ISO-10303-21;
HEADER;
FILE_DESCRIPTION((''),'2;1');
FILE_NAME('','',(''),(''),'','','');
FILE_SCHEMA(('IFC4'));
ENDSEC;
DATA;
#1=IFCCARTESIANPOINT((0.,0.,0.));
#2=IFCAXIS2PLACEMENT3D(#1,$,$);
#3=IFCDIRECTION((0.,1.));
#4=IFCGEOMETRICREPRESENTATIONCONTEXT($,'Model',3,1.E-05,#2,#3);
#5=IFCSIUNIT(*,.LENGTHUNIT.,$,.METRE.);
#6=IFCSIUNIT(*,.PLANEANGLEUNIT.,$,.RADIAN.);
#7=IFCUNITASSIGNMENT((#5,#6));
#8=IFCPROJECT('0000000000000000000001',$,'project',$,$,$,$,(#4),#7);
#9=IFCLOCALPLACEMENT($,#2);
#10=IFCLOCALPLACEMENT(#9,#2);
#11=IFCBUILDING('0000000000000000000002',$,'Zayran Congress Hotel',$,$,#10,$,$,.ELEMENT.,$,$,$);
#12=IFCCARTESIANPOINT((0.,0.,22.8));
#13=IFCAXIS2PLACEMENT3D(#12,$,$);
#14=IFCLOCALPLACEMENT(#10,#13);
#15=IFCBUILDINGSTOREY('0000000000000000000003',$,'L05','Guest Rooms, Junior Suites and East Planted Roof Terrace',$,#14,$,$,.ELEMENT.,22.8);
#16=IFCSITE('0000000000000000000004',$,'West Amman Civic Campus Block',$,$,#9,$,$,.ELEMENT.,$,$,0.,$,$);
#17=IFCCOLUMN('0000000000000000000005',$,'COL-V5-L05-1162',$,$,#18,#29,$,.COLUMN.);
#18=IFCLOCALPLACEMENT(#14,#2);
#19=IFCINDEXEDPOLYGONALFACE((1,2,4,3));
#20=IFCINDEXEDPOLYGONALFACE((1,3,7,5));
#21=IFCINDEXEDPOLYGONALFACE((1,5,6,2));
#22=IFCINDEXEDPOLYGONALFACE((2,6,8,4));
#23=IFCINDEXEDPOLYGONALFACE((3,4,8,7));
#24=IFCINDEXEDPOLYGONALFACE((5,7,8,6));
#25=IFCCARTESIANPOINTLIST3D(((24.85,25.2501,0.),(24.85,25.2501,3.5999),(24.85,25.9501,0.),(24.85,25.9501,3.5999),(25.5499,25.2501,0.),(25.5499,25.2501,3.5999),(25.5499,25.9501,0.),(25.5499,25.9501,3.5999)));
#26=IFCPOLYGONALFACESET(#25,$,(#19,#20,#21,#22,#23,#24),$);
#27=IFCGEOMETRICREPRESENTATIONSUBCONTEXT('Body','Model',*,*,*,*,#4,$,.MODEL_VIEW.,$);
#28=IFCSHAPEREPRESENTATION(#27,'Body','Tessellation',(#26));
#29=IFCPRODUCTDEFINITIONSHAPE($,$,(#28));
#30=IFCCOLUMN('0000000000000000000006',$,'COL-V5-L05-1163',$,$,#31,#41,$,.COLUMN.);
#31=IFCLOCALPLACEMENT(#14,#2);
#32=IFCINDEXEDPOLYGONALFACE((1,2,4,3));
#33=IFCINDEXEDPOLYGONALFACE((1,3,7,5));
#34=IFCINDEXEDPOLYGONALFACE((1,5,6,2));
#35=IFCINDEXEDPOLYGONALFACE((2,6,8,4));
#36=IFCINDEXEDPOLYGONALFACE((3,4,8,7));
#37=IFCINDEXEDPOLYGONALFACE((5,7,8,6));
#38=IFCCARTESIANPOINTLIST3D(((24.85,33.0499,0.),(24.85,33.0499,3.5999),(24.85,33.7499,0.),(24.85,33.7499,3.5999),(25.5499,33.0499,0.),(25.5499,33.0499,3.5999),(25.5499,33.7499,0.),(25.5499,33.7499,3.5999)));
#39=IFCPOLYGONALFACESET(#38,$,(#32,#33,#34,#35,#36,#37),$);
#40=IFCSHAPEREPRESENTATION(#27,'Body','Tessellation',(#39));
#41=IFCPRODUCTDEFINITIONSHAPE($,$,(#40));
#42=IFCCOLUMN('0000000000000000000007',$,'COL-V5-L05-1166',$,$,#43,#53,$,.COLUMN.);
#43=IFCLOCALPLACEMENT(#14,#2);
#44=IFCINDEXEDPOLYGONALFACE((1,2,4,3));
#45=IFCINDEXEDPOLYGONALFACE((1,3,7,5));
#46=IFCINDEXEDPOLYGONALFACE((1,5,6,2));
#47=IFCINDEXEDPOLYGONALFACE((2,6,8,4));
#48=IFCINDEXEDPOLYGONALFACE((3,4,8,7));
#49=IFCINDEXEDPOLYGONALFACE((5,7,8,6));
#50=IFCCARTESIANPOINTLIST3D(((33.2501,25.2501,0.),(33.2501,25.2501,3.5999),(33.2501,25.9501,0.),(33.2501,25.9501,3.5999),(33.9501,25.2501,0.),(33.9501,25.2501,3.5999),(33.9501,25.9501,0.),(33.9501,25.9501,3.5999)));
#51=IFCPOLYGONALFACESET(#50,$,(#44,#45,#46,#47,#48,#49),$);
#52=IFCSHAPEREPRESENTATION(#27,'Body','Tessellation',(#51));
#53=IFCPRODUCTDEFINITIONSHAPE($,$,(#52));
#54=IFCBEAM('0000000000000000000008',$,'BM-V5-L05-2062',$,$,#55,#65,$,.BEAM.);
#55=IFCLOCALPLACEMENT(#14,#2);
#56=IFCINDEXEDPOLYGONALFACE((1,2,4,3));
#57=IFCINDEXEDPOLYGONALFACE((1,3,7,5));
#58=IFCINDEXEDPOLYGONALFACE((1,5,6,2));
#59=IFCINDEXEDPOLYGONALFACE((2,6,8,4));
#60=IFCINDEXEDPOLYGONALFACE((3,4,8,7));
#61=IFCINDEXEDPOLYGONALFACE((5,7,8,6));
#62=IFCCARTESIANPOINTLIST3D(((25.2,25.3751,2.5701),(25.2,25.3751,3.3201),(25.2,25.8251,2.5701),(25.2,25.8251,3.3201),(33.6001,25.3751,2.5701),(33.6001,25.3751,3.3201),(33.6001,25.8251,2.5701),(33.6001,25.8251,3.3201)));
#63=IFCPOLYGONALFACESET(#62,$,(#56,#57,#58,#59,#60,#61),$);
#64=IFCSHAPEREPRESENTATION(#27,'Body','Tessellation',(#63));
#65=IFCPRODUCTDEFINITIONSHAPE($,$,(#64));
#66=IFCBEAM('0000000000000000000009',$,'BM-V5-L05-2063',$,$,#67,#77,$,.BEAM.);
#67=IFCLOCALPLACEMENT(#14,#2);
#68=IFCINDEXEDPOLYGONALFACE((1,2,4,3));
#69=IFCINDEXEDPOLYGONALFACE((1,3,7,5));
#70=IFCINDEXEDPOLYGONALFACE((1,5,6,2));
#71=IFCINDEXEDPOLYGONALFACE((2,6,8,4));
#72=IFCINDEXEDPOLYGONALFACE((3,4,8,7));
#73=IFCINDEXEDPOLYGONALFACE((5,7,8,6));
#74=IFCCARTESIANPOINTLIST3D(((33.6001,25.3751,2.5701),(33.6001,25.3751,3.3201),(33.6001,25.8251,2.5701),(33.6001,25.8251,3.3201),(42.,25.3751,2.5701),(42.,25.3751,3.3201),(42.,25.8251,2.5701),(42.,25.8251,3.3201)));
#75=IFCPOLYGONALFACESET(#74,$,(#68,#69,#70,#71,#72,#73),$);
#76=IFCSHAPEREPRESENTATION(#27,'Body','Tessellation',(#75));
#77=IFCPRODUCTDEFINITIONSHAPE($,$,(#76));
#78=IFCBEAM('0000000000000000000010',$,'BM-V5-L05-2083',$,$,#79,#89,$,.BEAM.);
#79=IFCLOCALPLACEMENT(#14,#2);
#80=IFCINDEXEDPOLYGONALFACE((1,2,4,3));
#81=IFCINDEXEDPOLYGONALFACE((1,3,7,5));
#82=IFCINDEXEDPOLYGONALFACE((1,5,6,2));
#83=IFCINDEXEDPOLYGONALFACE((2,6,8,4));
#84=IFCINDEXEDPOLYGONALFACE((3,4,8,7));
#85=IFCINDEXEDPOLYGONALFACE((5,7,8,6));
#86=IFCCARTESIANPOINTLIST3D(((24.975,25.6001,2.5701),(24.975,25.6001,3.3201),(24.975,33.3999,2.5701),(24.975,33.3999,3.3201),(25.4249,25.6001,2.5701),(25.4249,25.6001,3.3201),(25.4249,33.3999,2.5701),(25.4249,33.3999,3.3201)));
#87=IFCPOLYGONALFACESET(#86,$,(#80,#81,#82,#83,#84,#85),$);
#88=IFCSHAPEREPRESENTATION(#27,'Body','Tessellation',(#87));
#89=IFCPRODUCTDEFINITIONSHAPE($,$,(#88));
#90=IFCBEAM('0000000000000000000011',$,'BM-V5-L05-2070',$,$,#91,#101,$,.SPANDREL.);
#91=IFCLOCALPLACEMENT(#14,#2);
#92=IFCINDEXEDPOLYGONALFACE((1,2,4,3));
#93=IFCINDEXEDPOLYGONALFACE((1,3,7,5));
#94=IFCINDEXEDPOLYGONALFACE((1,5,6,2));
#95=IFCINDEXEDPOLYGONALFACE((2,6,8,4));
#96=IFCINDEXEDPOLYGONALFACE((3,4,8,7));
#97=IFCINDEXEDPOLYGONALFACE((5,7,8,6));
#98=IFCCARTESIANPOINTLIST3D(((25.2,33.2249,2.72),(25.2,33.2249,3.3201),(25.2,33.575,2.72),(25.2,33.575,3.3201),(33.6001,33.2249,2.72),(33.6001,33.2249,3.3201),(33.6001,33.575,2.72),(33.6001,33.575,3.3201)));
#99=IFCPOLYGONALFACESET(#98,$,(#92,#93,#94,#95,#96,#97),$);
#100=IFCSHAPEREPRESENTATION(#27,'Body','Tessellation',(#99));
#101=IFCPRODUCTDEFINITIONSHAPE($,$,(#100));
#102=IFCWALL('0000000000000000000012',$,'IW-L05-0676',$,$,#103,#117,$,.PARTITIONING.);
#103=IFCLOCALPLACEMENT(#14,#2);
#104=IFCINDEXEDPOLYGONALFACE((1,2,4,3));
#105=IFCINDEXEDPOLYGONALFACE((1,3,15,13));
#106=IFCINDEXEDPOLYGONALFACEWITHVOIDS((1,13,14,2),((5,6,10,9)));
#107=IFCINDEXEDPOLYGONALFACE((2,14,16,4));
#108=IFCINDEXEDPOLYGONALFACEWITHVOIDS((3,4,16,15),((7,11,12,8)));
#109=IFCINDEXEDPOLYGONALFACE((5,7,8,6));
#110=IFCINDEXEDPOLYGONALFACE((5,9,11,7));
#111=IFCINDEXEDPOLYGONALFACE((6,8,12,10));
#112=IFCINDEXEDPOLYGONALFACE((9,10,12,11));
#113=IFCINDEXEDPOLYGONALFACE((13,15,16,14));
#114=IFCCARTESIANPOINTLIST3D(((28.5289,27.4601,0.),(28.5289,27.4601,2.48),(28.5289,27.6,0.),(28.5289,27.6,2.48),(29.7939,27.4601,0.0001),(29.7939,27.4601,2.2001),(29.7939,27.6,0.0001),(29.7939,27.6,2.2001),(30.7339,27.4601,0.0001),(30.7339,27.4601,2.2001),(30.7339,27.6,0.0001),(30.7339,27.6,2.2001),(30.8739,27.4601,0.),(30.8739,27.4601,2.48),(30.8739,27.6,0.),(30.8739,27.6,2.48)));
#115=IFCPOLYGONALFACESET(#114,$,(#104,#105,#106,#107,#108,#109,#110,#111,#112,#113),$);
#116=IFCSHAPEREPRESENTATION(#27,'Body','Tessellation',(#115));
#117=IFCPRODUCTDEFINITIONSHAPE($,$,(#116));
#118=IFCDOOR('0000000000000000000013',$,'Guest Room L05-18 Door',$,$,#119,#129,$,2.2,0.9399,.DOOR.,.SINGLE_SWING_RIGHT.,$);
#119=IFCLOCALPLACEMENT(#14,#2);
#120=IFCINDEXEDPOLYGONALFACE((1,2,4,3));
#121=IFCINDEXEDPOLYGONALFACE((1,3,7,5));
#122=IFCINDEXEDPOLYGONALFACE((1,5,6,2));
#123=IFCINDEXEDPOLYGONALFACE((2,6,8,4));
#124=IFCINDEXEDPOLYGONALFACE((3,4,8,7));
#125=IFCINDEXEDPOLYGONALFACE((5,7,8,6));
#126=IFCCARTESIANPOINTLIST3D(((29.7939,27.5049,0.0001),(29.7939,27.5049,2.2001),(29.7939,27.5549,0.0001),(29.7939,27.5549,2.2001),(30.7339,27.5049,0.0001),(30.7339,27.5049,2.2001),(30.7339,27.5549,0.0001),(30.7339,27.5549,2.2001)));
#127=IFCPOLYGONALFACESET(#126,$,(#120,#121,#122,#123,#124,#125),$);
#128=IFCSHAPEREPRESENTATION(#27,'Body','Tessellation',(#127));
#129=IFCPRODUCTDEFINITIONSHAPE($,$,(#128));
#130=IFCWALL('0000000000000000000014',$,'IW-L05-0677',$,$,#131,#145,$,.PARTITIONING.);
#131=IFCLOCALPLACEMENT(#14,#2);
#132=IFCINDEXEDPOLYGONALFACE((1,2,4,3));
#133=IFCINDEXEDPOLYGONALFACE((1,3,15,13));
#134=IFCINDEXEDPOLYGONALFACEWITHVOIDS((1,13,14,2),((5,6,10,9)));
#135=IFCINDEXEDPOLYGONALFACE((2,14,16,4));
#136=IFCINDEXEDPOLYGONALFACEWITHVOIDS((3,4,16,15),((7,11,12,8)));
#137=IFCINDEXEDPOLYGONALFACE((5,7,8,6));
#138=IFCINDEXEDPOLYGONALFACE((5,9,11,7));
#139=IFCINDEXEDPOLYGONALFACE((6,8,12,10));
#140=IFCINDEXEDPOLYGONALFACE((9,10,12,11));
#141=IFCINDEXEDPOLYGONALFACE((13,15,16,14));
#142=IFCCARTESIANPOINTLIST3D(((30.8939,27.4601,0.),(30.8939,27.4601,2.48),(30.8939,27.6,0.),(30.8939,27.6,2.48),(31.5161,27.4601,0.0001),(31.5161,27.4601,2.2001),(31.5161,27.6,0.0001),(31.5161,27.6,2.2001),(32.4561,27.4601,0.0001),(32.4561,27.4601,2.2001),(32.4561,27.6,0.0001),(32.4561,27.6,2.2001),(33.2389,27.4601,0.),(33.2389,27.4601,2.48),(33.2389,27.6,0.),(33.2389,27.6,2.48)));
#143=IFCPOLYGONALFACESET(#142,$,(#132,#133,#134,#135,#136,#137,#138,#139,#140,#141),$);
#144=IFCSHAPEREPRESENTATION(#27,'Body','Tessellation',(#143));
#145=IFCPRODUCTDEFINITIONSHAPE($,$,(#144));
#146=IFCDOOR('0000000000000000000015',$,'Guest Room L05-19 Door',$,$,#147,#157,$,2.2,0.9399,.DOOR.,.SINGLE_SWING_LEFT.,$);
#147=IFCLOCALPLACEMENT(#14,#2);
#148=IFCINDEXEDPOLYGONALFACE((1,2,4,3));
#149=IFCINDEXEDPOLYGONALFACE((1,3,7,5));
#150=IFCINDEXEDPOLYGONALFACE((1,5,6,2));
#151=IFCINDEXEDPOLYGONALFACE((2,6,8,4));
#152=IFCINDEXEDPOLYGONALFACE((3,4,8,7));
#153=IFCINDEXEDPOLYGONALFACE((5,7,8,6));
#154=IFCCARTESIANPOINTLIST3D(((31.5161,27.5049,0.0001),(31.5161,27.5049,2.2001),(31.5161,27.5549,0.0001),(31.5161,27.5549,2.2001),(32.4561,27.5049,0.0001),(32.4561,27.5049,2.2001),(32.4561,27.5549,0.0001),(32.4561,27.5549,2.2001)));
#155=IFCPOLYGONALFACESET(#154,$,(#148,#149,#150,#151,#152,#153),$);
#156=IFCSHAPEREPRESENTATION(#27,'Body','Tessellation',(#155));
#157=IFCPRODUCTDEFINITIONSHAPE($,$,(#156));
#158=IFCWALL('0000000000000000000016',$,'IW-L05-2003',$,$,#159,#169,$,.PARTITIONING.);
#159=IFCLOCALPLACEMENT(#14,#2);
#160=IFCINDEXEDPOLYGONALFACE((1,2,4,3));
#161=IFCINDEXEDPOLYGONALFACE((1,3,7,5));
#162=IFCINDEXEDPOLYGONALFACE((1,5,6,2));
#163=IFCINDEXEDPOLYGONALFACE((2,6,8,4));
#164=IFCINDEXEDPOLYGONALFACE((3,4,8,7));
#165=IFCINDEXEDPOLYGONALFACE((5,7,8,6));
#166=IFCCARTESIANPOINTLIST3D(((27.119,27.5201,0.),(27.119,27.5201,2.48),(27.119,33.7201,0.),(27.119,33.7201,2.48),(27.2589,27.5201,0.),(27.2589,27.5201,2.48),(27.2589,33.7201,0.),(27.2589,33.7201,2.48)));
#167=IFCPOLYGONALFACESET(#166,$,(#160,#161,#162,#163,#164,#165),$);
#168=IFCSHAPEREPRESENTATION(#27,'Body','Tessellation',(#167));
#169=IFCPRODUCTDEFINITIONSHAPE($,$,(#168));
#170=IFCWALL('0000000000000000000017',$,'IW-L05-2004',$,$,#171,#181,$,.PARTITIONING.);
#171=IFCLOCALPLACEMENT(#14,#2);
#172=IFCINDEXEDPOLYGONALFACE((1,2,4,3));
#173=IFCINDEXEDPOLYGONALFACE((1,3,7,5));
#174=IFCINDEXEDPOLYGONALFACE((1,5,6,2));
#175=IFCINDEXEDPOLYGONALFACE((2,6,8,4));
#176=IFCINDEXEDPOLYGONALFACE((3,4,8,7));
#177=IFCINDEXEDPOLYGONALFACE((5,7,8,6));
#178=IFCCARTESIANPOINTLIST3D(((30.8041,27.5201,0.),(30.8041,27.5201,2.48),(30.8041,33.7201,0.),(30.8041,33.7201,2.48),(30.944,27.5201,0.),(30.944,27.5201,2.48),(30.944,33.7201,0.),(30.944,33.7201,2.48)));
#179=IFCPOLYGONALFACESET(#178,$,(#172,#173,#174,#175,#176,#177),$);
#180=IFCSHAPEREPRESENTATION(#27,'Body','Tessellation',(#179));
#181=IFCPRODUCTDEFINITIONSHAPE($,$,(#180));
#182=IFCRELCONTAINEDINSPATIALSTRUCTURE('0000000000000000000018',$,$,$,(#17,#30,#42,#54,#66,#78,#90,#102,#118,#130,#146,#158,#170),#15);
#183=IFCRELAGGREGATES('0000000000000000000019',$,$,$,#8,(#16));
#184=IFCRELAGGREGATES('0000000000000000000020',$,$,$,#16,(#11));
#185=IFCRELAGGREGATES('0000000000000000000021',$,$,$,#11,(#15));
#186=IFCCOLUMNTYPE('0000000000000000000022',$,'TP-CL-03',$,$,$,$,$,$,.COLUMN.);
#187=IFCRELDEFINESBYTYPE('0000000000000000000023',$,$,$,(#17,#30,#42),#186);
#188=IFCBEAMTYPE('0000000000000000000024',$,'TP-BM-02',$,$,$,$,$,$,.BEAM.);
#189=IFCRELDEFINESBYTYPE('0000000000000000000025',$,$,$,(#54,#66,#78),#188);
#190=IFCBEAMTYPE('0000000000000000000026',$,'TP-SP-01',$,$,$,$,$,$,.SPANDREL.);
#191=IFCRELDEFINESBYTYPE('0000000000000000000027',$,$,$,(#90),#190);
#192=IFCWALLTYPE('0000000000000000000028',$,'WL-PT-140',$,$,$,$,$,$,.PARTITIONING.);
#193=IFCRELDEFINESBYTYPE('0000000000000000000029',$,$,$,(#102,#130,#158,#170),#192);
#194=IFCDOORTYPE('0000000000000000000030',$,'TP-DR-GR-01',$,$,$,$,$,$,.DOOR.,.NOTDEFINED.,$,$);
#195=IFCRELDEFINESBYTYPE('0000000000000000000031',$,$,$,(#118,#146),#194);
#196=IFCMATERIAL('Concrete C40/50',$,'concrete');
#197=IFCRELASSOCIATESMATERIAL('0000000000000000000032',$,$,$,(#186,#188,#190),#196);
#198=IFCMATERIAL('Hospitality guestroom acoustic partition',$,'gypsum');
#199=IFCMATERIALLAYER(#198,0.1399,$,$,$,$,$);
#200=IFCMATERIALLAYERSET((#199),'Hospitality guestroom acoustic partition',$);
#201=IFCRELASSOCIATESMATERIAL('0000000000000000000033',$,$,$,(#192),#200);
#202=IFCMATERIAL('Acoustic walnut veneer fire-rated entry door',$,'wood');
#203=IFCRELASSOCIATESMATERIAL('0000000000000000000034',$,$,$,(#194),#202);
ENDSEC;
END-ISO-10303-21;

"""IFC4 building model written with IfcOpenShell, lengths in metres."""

from ifc_helpers import new_model, si_unit, direction, frame, frame_2d, origin, origin_2d, place, context, subcontext, project, spatial, rectangle, extrude, material, layer, layer_set, material_profile, profile_set, type_object, element, fill, save


model = new_model("IFC4")

# Units and contexts
model_context = context("Model", 3, precision=1e-05, world=origin(), true_north=direction((0.0, 1.0)))
body_context = subcontext(model_context, "Body", "Model", "MODEL_VIEW")
ifc_project = project(units=[si_unit("LENGTHUNIT", "METRE"), si_unit("PLANEANGLEUNIT", "RADIAN")], contexts=[model_context])

# Site, building, storey
site_placement = place(None, origin())
site = spatial("IfcSite", under=ifc_project, at=site_placement, Name="West Amman Civic Campus Block", CompositionType="ELEMENT", RefElevation=0.0)
building_placement = place(site_placement, origin())
building = spatial("IfcBuilding", under=site, at=building_placement, Name="Zayran Congress Hotel", CompositionType="ELEMENT")
storey_placement = place(building_placement, frame((0.0, 0.0, 22.8)))
storey = spatial("IfcBuildingStorey", under=building, at=storey_placement, Name="L05", Description="Guest Rooms, Junior Suites and East Planted Roof Terrace", CompositionType="ELEMENT", Elevation=22.8)

# Columns
ifc_material_1 = material(Name="Concrete C40/50", Category="concrete")
ifc_material_profile_1 = material_profile(ifc_material_1, rectangle(XDim=0.7, YDim=0.7, at=origin_2d()), Name="RC 700x700")
ifc_profile_set_1 = profile_set([ifc_material_profile_1], Name="Concrete C40/50")
column_type = type_object("IfcColumnType", Name="TP-CL-03", PredefinedType="COLUMN", material=ifc_profile_set_1)
for number, where, z_axis, x_axis, name in (
    (1, (25.2, 25.6001, 0.0), (0.0, 0.0, 1.0), (1.0, 0.0, 0.0), "COL-V5-L05-1162"),
    (2, (25.2, 33.3999, 0.0), (0.0, 0.0, 1.0), (1.0, 0.0, 0.0), "COL-V5-L05-1163"),
    (3, (33.6001, 25.6001, 0.0), (0.0, 0.0, 1.0), (1.0, 0.0, 0.0), "COL-V5-L05-1166"),
):
    element("IfcColumn", number, at=place(storey_placement, frame(where, z_axis=z_axis, x_axis=x_axis)), inside=storey, type_object=column_type, Name=name, PredefinedType="COLUMN", context=body_context, shape_type="SweptSolid", body=[
        extrude(rectangle(XDim=0.7, YDim=0.7, at=origin_2d()), origin(), (0.0, 0.0, 1.0), 3.5999),
    ])

# Beams
ifc_material_profile_2 = material_profile(ifc_material_1, rectangle(XDim=0.45, YDim=0.75, at=origin_2d()), Name="RC 450x750")
ifc_profile_set_2 = profile_set([ifc_material_profile_2], Name="Concrete C40/50")
beam_type_1 = type_object("IfcBeamType", Name="TP-BM-02", PredefinedType="BEAM", material=ifc_profile_set_2)
beam_1_placement = place(storey_placement, frame((25.2, 25.6001, 2.9451), z_axis=(1.0, 0.0, 0.0), x_axis=(0.0, 1.0, 0.0)))
element("IfcBeam", 4, at=beam_1_placement, inside=storey, type_object=beam_type_1, Name="BM-V5-L05-2062", PredefinedType="BEAM", context=body_context, shape_type="SweptSolid", body=[
    extrude(rectangle(XDim=0.45, YDim=0.75, at=origin_2d()), origin(), (0.0, 0.0, 1.0), 8.4001),
])
beam_2_placement = place(storey_placement, frame((33.6001, 25.6001, 2.9451), z_axis=(1.0, 0.0, 0.0), x_axis=(0.0, 1.0, 0.0)))
element("IfcBeam", 5, at=beam_2_placement, inside=storey, type_object=beam_type_1, Name="BM-V5-L05-2063", PredefinedType="BEAM", context=body_context, shape_type="SweptSolid", body=[
    extrude(rectangle(XDim=0.45, YDim=0.75, at=origin_2d()), origin(), (0.0, 0.0, 1.0), 8.3999),
])
beam_3_placement = place(storey_placement, frame((25.2, 25.6001, 2.9451), z_axis=(0.0, 1.0, 0.0), x_axis=(-1.0, 0.0, 0.0)))
element("IfcBeam", 6, at=beam_3_placement, inside=storey, type_object=beam_type_1, Name="BM-V5-L05-2083", PredefinedType="BEAM", context=body_context, shape_type="SweptSolid", body=[
    extrude(rectangle(XDim=0.45, YDim=0.75, at=origin_2d()), origin(), (0.0, 0.0, 1.0), 7.7998),
])
ifc_material_profile_3 = material_profile(ifc_material_1, rectangle(XDim=0.3501, YDim=0.6001, at=origin_2d()), Name="RC 350x600")
ifc_profile_set_3 = profile_set([ifc_material_profile_3], Name="Concrete C40/50")
beam_type_2 = type_object("IfcBeamType", Name="TP-SP-01", PredefinedType="SPANDREL", material=ifc_profile_set_3)
beam_4_placement = place(storey_placement, frame((25.2, 33.3999, 3.02), z_axis=(1.0, 0.0, 0.0), x_axis=(0.0, 1.0, 0.0)))
element("IfcBeam", 7, at=beam_4_placement, inside=storey, type_object=beam_type_2, Name="BM-V5-L05-2070", PredefinedType="SPANDREL", context=body_context, shape_type="SweptSolid", body=[
    extrude(rectangle(XDim=0.3501, YDim=0.6001, at=origin_2d()), origin(), (0.0, 0.0, 1.0), 8.4001),
])

# Walls, openings, doors
ifc_material_2 = material(Name="Hospitality guestroom acoustic partition", Category="gypsum")
ifc_layer_1 = layer(ifc_material_2, 0.1399)
ifc_layer_set_1 = layer_set([ifc_layer_1], Name="Hospitality guestroom acoustic partition")
wall_type_1 = type_object("IfcWallType", Name="WL-PT-140", PredefinedType="PARTITIONING", material=ifc_layer_set_1)
wall_1_placement = place(storey_placement, frame((28.5291, 27.53, 0.0), z_axis=(0.0, 0.0, 1.0), x_axis=(1.0, 0.0, 0.0)))
wall_1 = element("IfcWall", 8, at=wall_1_placement, inside=storey, type_object=wall_type_1, Name="IW-L05-0676", PredefinedType="PARTITIONING", context=body_context, shape_type="SweptSolid", body=[
    extrude(rectangle(XDim=2.345, YDim=0.1399, at=frame_2d((1.1724, 0.0))), origin(), (0.0, 0.0, 1.0), 2.48),
])
opening_1_placement = place(wall_1_placement, frame((1.2649, 0.0, 0.0)))
opening_1 = element("IfcOpeningElement", 9, at=opening_1_placement, cuts=wall_1, PredefinedType="OPENING", context=body_context, shape_type="SweptSolid", body=[
    extrude(rectangle(XDim=0.9399, YDim=2.2, at=frame_2d((0.47, 1.1001))), frame((0.0, 0.0798, 0.0), z_axis=(0.0, -1.0, 0.0), x_axis=(1.0, 0.0, 0.0)), (0.0, 0.0, 1.0), 0.1599),
])
ifc_material_3 = material(Name="Acoustic walnut veneer fire-rated entry door", Category="wood")
door_type_1 = type_object("IfcDoorType", Name="TP-DR-GR-01", OperationType="NOTDEFINED", PredefinedType="DOOR", material=ifc_material_3)
door_1_placement = place(opening_1_placement, origin())
door_1 = element("IfcDoor", 10, at=door_1_placement, inside=storey, type_object=door_type_1, Name="Guest Room L05-18 Door", OperationType="SINGLE_SWING_RIGHT", OverallHeight=2.2, OverallWidth=0.9399, PredefinedType="DOOR", context=body_context, shape_type="SweptSolid", body=[
    extrude(rectangle(XDim=0.9399, YDim=2.2, at=frame_2d((0.47, 1.1001))), frame((0.0, 0.0249, 0.0), z_axis=(0.0, -1.0, 0.0), x_axis=(1.0, 0.0, 0.0)), (0.0, 0.0, 1.0), 0.05),
])
fill(opening_1, door_1)
wall_2_placement = place(storey_placement, frame((30.894, 27.53, 0.0), z_axis=(0.0, 0.0, 1.0), x_axis=(1.0, 0.0, 0.0)))
wall_2 = element("IfcWall", 11, at=wall_2_placement, inside=storey, type_object=wall_type_1, Name="IW-L05-0677", PredefinedType="PARTITIONING", context=body_context, shape_type="SweptSolid", body=[
    extrude(rectangle(XDim=2.345, YDim=0.1399, at=frame_2d((1.1724, 0.0))), origin(), (0.0, 0.0, 1.0), 2.48),
])
opening_2_placement = place(wall_2_placement, frame((0.6221, 0.0, 0.0)))
opening_2 = element("IfcOpeningElement", 12, at=opening_2_placement, cuts=wall_2, PredefinedType="OPENING", context=body_context, shape_type="SweptSolid", body=[
    extrude(rectangle(XDim=0.9399, YDim=2.2, at=frame_2d((0.47, 1.1001))), frame((0.0, 0.0798, 0.0), z_axis=(0.0, -1.0, 0.0), x_axis=(1.0, 0.0, 0.0)), (0.0, 0.0, 1.0), 0.1599),
])
door_2_placement = place(opening_2_placement, origin())
door_2 = element("IfcDoor", 13, at=door_2_placement, inside=storey, type_object=door_type_1, Name="Guest Room L05-19 Door", OperationType="SINGLE_SWING_LEFT", OverallHeight=2.2, OverallWidth=0.9399, PredefinedType="DOOR", context=body_context, shape_type="SweptSolid", body=[
    extrude(rectangle(XDim=0.9399, YDim=2.2, at=frame_2d((0.47, 1.1001))), frame((0.0, 0.0249, 0.0), z_axis=(0.0, -1.0, 0.0), x_axis=(1.0, 0.0, 0.0)), (0.0, 0.0, 1.0), 0.05),
])
fill(opening_2, door_2)

# Walls
for number, where, z_axis, x_axis, name in (
    (14, (27.189, 27.52, 0.0), (0.0, 0.0, 1.0), (0.0, 1.0, 0.0), "IW-L05-2003"),
    (15, (30.874, 27.52, 0.0), (0.0, 0.0, 1.0), (0.0, 1.0, 0.0), "IW-L05-2004"),
):
    element("IfcWall", number, at=place(storey_placement, frame(where, z_axis=z_axis, x_axis=x_axis)), inside=storey, type_object=wall_type_1, Name=name, PredefinedType="PARTITIONING", context=body_context, shape_type="SweptSolid", body=[
        extrude(rectangle(XDim=6.2, YDim=0.1399, at=frame_2d((3.1001, 0.0))), origin(), (0.0, 0.0, 1.0), 2.48),
    ])

save(model, "model.ifc")
